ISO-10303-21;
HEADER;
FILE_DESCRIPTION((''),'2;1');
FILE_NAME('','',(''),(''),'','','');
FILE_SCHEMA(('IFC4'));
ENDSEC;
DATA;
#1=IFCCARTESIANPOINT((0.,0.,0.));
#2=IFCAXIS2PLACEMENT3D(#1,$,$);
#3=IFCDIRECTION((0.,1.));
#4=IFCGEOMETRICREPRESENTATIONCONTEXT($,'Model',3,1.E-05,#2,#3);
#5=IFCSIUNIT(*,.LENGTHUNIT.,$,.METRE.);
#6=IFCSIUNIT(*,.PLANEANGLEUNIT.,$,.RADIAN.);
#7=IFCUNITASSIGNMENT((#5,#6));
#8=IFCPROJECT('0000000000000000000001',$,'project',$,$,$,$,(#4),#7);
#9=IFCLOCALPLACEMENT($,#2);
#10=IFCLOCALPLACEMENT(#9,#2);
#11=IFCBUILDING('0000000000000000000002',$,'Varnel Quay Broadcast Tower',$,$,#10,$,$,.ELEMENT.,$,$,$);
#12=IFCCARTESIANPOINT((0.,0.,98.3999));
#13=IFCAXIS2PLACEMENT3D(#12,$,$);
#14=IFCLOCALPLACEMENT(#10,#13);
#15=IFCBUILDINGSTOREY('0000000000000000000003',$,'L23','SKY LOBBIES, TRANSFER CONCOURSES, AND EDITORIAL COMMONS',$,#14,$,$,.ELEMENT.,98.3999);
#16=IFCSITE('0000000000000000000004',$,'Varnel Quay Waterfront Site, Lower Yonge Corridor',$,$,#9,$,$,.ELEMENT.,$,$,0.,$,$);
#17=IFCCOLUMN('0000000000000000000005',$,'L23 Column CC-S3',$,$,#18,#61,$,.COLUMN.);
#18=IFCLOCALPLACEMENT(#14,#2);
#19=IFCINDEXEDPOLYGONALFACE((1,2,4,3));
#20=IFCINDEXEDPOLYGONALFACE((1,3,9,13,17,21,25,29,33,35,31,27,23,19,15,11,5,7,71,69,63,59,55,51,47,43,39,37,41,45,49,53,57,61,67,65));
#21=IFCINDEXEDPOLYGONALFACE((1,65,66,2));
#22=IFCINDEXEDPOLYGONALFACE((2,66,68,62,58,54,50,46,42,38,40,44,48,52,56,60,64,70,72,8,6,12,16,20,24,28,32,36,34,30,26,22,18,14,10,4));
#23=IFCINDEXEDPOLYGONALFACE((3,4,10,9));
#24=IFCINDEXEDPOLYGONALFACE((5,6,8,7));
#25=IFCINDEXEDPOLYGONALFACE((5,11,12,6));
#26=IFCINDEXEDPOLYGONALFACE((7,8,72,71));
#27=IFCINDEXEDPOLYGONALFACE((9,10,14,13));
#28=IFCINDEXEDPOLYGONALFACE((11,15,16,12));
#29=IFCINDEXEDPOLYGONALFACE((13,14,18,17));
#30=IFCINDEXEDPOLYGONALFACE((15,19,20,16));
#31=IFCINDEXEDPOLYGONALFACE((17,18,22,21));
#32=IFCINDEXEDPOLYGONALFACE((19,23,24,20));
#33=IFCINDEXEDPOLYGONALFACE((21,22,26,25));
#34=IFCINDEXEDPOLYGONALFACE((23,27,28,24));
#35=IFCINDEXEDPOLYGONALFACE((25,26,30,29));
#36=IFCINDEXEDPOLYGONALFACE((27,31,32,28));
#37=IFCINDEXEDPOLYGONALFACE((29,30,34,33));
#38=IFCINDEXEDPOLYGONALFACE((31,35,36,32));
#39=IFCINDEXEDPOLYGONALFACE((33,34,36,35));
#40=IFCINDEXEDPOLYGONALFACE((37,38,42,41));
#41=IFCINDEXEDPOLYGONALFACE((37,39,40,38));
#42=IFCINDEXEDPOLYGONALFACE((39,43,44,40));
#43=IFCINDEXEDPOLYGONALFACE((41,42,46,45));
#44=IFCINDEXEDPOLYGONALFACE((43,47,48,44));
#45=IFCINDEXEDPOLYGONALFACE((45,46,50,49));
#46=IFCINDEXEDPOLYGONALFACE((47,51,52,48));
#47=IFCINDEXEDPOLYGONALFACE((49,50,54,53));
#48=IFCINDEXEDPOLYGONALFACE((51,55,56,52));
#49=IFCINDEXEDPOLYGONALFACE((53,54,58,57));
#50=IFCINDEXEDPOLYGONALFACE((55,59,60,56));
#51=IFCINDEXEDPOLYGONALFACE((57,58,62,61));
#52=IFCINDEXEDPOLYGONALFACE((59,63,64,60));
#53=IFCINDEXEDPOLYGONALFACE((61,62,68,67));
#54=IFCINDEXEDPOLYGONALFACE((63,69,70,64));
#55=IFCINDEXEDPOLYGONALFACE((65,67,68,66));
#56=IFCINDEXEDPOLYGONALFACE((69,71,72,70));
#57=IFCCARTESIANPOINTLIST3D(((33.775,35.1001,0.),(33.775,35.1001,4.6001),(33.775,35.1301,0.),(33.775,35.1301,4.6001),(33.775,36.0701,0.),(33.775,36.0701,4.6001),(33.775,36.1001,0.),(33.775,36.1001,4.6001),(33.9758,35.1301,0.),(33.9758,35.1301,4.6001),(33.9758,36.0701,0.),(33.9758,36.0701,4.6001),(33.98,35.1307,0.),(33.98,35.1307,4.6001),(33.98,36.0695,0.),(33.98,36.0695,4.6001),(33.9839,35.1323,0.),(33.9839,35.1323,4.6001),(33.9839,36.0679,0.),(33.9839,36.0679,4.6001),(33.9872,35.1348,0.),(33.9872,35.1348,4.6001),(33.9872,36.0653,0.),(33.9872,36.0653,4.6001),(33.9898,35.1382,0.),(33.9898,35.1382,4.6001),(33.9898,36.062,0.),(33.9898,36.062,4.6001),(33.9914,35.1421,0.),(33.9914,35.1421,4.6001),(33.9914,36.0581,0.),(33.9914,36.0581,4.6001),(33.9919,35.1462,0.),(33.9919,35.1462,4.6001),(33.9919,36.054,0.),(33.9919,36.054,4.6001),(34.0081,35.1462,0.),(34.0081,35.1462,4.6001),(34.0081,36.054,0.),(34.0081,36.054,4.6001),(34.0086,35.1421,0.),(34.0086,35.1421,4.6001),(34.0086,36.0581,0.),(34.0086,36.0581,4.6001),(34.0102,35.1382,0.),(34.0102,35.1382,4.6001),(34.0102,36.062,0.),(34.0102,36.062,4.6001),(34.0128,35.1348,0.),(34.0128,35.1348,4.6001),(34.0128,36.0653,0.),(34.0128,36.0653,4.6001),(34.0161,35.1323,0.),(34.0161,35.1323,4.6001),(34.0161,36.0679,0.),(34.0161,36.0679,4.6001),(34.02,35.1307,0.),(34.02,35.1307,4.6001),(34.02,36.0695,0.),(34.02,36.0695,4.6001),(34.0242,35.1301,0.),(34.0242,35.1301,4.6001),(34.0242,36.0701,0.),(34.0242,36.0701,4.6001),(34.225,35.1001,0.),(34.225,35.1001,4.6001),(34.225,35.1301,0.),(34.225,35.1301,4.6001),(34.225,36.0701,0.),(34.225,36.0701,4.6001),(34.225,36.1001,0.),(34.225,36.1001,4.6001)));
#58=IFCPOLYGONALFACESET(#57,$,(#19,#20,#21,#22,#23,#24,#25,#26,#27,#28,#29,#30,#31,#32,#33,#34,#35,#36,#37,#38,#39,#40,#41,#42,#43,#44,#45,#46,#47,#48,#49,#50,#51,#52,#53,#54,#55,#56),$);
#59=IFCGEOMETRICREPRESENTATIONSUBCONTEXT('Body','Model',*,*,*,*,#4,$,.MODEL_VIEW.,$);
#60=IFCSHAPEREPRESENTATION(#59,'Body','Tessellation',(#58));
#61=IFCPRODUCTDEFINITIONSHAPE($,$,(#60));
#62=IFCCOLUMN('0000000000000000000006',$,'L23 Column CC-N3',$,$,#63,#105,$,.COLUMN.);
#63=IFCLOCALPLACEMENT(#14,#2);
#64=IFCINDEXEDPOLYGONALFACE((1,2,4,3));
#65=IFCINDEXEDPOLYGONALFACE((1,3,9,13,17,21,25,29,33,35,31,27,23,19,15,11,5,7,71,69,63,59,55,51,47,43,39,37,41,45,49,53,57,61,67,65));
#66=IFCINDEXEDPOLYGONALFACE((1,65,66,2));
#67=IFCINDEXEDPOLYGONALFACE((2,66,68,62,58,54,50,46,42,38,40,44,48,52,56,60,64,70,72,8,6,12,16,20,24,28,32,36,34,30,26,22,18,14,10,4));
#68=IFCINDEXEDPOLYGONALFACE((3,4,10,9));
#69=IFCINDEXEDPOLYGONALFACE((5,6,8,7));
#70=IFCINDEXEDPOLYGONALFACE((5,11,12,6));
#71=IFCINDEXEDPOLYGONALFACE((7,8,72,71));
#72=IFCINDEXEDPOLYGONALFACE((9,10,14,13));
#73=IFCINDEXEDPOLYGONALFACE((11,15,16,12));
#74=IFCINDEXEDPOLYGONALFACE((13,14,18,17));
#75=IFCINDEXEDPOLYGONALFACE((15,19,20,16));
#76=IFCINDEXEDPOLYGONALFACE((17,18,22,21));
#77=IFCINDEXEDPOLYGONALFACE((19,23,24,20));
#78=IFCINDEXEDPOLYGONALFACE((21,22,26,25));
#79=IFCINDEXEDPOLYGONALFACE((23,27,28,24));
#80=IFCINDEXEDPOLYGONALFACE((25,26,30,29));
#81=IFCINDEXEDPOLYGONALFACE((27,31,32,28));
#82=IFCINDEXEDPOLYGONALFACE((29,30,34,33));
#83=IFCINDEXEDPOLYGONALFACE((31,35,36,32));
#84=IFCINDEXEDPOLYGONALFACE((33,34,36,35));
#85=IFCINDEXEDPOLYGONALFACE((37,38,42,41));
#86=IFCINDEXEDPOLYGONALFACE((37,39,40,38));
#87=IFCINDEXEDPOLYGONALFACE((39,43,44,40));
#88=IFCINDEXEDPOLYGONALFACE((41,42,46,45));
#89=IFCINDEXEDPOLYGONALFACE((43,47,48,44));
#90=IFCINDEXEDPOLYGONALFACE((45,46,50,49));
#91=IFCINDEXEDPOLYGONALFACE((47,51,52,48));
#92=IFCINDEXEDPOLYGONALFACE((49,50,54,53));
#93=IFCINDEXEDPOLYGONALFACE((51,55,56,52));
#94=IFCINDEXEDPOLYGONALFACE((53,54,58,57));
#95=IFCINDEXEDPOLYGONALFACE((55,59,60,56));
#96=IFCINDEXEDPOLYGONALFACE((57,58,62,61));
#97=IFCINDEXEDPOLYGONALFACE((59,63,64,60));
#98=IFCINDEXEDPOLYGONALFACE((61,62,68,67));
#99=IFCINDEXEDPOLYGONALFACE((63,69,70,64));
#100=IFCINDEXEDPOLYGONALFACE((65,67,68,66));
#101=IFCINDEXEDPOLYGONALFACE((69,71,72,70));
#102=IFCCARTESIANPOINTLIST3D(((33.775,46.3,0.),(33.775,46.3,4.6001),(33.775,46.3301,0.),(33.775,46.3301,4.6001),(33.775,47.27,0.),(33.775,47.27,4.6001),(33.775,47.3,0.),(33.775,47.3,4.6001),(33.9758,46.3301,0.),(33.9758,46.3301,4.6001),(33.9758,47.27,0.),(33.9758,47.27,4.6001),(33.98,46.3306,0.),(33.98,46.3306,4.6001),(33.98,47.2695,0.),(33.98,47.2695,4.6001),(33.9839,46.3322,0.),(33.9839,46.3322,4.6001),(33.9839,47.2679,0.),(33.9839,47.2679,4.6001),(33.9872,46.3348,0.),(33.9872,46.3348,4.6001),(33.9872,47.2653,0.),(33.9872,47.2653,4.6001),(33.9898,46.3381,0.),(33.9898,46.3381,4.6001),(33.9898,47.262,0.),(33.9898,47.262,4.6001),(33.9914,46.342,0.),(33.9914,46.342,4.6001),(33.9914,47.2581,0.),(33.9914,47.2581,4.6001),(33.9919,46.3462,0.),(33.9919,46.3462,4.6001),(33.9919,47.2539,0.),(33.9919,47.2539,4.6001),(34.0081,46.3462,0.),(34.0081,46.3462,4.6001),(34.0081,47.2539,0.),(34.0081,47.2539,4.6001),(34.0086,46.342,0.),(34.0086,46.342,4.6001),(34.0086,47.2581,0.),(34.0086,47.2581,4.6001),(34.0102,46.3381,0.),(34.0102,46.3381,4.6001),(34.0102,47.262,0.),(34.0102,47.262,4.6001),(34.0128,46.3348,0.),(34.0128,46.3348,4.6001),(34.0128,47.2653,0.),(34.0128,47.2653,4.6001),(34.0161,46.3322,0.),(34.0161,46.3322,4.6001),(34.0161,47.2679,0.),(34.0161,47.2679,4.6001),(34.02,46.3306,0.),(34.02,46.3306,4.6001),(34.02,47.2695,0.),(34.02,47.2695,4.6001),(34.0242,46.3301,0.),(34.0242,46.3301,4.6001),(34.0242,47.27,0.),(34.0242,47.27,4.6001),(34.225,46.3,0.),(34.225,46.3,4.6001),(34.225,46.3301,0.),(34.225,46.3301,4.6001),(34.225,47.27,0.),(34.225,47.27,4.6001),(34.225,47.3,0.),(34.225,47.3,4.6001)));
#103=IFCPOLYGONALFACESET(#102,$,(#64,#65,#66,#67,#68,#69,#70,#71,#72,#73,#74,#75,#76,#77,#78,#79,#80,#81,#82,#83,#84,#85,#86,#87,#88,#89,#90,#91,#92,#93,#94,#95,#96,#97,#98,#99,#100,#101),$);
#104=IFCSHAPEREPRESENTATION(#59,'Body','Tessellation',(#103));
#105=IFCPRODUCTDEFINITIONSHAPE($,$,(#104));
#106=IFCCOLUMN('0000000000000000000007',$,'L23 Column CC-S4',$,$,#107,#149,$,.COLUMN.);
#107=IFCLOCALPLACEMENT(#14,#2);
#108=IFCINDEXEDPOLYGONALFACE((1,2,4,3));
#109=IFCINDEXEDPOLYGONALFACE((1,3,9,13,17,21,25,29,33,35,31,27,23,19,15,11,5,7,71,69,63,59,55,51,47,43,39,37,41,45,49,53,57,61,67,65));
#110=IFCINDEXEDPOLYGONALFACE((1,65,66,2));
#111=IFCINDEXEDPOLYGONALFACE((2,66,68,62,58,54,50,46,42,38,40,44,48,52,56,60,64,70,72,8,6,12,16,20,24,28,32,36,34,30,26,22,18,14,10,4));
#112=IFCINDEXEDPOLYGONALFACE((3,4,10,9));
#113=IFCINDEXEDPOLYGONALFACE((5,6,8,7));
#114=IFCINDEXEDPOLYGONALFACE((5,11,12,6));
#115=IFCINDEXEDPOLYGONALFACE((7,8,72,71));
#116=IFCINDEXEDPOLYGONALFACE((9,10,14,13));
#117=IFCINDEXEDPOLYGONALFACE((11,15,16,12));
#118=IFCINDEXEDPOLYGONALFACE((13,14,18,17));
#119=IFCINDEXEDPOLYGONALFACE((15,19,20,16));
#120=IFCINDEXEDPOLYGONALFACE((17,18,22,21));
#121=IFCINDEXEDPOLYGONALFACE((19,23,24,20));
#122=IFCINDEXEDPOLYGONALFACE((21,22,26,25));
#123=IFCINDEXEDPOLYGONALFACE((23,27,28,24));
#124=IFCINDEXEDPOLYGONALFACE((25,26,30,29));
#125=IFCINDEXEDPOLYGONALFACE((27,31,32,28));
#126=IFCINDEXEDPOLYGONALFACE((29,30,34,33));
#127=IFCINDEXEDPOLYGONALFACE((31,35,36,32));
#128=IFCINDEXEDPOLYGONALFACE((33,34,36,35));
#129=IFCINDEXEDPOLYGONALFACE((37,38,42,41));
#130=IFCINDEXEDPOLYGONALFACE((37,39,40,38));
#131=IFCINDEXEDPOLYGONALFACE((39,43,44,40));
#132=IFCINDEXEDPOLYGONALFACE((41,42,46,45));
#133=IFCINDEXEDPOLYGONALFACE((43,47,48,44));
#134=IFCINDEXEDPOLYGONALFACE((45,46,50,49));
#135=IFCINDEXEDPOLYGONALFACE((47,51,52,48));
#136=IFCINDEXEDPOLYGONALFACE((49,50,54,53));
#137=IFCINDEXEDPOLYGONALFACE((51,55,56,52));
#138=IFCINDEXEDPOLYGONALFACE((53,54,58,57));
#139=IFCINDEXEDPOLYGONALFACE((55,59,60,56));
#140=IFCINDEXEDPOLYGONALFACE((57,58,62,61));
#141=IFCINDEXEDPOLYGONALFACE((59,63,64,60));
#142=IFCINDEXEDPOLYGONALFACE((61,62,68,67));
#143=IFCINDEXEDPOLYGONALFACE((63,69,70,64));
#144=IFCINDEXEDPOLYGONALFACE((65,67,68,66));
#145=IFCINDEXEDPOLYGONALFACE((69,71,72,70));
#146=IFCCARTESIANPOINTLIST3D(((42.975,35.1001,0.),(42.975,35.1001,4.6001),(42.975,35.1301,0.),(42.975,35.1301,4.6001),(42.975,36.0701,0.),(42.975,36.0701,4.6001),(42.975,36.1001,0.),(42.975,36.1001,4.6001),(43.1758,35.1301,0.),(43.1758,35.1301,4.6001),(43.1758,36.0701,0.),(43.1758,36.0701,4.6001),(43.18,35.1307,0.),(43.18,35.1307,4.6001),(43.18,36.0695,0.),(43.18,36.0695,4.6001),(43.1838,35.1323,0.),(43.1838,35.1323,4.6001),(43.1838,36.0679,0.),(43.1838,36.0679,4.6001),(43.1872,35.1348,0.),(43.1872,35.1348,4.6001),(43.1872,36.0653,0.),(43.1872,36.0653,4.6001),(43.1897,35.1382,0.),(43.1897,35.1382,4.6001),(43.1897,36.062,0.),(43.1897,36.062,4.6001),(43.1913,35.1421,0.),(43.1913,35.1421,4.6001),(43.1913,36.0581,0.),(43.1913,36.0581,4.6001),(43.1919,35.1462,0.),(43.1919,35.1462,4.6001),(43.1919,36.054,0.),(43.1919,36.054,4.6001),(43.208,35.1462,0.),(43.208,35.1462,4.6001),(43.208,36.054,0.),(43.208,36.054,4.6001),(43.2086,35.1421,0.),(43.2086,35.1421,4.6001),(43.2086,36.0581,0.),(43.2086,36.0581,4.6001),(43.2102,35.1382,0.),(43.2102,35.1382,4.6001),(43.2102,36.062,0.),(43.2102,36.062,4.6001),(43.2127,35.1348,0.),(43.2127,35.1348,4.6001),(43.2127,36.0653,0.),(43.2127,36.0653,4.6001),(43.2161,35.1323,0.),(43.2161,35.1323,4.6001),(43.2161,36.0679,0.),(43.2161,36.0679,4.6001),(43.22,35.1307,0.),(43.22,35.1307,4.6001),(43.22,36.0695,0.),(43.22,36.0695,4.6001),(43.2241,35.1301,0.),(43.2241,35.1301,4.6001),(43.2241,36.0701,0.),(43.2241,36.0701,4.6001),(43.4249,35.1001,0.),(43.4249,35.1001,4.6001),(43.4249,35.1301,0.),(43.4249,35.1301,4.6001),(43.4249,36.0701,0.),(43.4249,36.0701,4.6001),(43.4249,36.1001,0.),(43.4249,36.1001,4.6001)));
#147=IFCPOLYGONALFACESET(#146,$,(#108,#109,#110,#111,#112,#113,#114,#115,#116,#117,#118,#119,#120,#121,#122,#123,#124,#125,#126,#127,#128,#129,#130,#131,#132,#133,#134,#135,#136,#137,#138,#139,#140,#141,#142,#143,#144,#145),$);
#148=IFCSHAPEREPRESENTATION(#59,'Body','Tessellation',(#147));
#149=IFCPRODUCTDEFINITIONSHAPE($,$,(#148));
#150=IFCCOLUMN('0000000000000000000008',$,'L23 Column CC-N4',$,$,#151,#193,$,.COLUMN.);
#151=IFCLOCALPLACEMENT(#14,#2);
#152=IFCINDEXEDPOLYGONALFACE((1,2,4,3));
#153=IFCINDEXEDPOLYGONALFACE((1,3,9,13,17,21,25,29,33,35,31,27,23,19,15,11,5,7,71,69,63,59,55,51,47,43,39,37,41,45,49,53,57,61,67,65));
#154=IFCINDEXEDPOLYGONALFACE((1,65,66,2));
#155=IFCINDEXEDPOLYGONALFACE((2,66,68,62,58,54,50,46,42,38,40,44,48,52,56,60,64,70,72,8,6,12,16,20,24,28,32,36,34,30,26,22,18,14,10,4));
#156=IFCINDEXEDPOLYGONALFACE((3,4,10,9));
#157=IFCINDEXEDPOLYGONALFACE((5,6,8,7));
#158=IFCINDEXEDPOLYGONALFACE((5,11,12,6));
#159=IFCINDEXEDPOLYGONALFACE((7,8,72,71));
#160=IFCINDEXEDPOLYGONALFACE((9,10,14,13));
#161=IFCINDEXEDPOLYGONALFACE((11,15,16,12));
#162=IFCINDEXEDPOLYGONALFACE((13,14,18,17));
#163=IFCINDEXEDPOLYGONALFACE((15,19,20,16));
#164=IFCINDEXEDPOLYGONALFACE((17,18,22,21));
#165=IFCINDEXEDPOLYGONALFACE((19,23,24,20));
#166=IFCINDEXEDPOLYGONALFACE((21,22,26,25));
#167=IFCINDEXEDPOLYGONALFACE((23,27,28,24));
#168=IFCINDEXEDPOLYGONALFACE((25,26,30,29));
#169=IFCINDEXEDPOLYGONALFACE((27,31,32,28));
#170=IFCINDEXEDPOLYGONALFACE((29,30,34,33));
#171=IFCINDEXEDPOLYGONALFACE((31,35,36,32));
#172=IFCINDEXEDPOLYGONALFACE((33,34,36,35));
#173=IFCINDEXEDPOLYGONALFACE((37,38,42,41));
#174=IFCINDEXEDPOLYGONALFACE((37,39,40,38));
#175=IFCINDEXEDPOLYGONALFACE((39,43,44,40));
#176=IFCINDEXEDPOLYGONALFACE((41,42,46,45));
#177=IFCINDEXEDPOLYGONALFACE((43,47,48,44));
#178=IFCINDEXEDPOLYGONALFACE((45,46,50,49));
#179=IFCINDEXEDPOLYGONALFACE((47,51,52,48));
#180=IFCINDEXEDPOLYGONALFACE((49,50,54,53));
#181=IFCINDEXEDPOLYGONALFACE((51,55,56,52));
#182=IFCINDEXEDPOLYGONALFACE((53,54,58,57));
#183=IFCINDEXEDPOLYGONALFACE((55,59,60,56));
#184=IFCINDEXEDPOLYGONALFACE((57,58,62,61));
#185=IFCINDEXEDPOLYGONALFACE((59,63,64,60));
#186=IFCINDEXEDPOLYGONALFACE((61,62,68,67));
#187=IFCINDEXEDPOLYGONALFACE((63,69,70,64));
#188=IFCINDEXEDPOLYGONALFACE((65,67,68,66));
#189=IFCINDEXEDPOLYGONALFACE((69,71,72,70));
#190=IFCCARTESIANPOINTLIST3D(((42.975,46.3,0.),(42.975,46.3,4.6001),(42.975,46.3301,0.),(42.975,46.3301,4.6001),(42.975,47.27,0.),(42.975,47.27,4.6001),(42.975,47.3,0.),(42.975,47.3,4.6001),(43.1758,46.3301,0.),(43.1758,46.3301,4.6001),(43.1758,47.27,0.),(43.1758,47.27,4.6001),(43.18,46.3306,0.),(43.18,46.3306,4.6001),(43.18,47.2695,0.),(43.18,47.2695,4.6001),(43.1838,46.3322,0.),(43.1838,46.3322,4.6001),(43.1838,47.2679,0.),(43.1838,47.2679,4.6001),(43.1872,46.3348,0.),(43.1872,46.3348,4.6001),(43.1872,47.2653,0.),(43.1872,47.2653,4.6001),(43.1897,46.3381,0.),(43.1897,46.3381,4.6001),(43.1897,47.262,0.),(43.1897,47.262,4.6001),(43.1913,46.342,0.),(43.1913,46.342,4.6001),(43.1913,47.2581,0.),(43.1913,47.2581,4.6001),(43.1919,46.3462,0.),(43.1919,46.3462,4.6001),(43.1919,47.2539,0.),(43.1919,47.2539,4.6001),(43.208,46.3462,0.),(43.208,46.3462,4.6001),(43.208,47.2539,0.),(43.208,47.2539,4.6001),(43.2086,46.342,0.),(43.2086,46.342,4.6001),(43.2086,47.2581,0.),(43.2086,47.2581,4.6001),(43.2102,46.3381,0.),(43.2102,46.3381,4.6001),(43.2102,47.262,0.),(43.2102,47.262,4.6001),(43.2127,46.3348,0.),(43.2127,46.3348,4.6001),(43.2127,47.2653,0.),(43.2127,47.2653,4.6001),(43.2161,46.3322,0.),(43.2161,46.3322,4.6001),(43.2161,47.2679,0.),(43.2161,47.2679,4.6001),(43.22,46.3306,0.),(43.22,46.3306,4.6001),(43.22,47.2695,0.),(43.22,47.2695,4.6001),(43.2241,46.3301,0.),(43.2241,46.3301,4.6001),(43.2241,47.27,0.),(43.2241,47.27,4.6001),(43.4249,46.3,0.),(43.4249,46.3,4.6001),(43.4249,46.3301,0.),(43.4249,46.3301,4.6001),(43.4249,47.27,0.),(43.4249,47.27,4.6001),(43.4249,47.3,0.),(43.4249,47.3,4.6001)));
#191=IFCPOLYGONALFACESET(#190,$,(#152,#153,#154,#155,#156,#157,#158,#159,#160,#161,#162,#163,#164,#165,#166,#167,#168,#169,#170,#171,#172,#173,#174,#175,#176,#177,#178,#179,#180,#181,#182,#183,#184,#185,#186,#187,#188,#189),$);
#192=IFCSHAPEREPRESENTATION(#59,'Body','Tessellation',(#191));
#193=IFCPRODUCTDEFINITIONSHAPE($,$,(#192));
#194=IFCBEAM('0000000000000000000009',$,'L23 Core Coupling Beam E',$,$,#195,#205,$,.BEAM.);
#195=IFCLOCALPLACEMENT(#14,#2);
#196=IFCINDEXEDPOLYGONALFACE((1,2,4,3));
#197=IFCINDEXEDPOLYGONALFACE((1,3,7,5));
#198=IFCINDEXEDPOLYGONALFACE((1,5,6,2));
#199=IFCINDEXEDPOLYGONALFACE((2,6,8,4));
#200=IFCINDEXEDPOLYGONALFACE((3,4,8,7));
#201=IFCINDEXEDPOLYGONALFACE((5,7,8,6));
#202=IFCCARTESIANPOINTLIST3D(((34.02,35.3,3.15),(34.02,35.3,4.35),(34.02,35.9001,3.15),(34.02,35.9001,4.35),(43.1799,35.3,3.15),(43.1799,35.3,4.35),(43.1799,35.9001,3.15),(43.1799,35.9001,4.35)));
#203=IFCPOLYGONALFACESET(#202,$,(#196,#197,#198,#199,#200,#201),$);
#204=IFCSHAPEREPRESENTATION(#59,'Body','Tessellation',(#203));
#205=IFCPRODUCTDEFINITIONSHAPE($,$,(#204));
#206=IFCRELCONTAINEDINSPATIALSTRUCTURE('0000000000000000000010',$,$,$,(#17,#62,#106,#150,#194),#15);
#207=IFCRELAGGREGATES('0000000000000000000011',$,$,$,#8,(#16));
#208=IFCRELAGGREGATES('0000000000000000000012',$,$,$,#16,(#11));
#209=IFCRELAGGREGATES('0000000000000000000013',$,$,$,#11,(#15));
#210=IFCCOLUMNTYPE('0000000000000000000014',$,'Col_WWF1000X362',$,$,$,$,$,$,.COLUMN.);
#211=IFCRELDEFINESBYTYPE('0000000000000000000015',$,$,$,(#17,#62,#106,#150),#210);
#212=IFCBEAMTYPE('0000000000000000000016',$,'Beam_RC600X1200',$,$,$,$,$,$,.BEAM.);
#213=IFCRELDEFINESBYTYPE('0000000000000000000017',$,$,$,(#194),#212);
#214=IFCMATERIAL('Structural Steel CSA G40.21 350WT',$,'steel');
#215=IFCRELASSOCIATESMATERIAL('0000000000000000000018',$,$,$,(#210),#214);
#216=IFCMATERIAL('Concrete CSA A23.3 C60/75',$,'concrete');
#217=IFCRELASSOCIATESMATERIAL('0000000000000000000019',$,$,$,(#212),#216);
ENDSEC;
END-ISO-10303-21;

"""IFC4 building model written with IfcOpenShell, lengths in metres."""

from ifc_helpers import new_model, si_unit, direction, frame, origin, origin_2d, place, context, subcontext, project, spatial, rectangle, i_section, extrude, source, transform, mapped, material, material_profile, profile_set, type_object, type_shapes, element, save


model = new_model("IFC4")

# Units and contexts
model_context = context("Model", 3, precision=1e-05, world=origin(), true_north=direction((0.0, 1.0)))
body_context = subcontext(model_context, "Body", "Model", "MODEL_VIEW")
ifc_project = project(units=[si_unit("LENGTHUNIT", "METRE"), si_unit("PLANEANGLEUNIT", "RADIAN")], contexts=[model_context])

# Site, building, storey
site_placement = place(None, origin())
site = spatial("IfcSite", under=ifc_project, at=site_placement, Name="Varnel Quay Waterfront Site, Lower Yonge Corridor", CompositionType="ELEMENT", RefElevation=0.0)
building_placement = place(site_placement, origin())
building = spatial("IfcBuilding", under=site, at=building_placement, Name="Varnel Quay Broadcast Tower", CompositionType="ELEMENT")
storey_placement = place(building_placement, frame((0.0, 0.0, 98.3999)))
storey = spatial("IfcBuildingStorey", under=building, at=storey_placement, Name="L23", Description="SKY LOBBIES, TRANSFER CONCOURSES, AND EDITORIAL COMMONS", CompositionType="ELEMENT", Elevation=98.3999)

# Columns
ifc_material_1 = material(Name="Structural Steel CSA G40.21 350WT", Category="steel")
ifc_material_profile_1 = material_profile(ifc_material_1, i_section(OverallWidth=0.45, OverallDepth=1.0, WebThickness=0.0161, FlangeThickness=0.03, FilletRadius=0.0161, at=origin_2d()), Name="WWF1000X362")
ifc_profile_set_1 = profile_set([ifc_material_profile_1], Name="Structural Steel CSA G40.21 350WT")
column_type = type_object("IfcColumnType", Name="Col_WWF1000X362", PredefinedType="COLUMN", material=ifc_profile_set_1)
shared_shape_1 = source(origin(), body_context, "Body", "SweptSolid", [
    extrude(i_section(OverallWidth=0.45, OverallDepth=1.0, WebThickness=0.0161, FlangeThickness=0.03, FilletRadius=0.0161, at=origin_2d()), origin(), (0.0, 0.0, 1.0), 4.6001),
])
type_shapes(column_type, [shared_shape_1])
for number, where, z_axis, x_axis, name in (
    (1, (34.0, 35.6001, 0.0), (0.0, 0.0, 1.0), (1.0, 0.0, 0.0), "L23 Column CC-S3"),
    (2, (34.0, 46.8, 0.0), (0.0, 0.0, 1.0), (1.0, 0.0, 0.0), "L23 Column CC-N3"),
    (3, (43.2, 35.6001, 0.0), (0.0, 0.0, 1.0), (1.0, 0.0, 0.0), "L23 Column CC-S4"),
    (4, (43.2, 46.8, 0.0), (0.0, 0.0, 1.0), (1.0, 0.0, 0.0), "L23 Column CC-N4"),
):
    element("IfcColumn", number, at=place(storey_placement, frame(where, z_axis=z_axis, x_axis=x_axis)), inside=storey, type_object=column_type, Name=name, PredefinedType="COLUMN", context=body_context, shape_type="MappedRepresentation", body=[
        mapped(shared_shape_1, transform((0.0, 0.0, 0.0), x_axis=(1.0, 0.0, 0.0), y_axis=(0.0, 1.0, 0.0), z_axis=(0.0, 0.0, 1.0), scale=1.0)),
    ])

# Beam
ifc_material_2 = material(Name="Concrete CSA A23.3 C60/75", Category="concrete")
ifc_material_profile_2 = material_profile(ifc_material_2, rectangle(XDim=0.6001, YDim=1.2, at=origin_2d()), Name="RC600X1200")
ifc_profile_set_2 = profile_set([ifc_material_profile_2], Name="Concrete CSA A23.3 C60/75")
beam_type_1 = type_object("IfcBeamType", Name="Beam_RC600X1200", PredefinedType="BEAM", material=ifc_profile_set_2)
shared_shape_2 = source(origin(), body_context, "Body", "SweptSolid", [
    extrude(rectangle(XDim=0.6001, YDim=1.2, at=origin_2d()), origin(), (0.0, 0.0, 1.0), 9.1599),
])
type_shapes(beam_type_1, [shared_shape_2])
beam_1_placement = place(storey_placement, frame((34.02, 35.6001, 3.75), z_axis=(1.0, 0.0, 0.0), x_axis=(0.0, 1.0, 0.0)))
element("IfcBeam", 5, at=beam_1_placement, inside=storey, type_object=beam_type_1, Name="L23 Core Coupling Beam E", PredefinedType="BEAM", context=body_context, shape_type="MappedRepresentation", body=[
    mapped(shared_shape_2, transform((0.0, 0.0, 0.0), x_axis=(1.0, 0.0, 0.0), y_axis=(0.0, 1.0, 0.0), z_axis=(0.0, 0.0, 1.0), scale=1.0)),
])

save(model, "model.ifc")
